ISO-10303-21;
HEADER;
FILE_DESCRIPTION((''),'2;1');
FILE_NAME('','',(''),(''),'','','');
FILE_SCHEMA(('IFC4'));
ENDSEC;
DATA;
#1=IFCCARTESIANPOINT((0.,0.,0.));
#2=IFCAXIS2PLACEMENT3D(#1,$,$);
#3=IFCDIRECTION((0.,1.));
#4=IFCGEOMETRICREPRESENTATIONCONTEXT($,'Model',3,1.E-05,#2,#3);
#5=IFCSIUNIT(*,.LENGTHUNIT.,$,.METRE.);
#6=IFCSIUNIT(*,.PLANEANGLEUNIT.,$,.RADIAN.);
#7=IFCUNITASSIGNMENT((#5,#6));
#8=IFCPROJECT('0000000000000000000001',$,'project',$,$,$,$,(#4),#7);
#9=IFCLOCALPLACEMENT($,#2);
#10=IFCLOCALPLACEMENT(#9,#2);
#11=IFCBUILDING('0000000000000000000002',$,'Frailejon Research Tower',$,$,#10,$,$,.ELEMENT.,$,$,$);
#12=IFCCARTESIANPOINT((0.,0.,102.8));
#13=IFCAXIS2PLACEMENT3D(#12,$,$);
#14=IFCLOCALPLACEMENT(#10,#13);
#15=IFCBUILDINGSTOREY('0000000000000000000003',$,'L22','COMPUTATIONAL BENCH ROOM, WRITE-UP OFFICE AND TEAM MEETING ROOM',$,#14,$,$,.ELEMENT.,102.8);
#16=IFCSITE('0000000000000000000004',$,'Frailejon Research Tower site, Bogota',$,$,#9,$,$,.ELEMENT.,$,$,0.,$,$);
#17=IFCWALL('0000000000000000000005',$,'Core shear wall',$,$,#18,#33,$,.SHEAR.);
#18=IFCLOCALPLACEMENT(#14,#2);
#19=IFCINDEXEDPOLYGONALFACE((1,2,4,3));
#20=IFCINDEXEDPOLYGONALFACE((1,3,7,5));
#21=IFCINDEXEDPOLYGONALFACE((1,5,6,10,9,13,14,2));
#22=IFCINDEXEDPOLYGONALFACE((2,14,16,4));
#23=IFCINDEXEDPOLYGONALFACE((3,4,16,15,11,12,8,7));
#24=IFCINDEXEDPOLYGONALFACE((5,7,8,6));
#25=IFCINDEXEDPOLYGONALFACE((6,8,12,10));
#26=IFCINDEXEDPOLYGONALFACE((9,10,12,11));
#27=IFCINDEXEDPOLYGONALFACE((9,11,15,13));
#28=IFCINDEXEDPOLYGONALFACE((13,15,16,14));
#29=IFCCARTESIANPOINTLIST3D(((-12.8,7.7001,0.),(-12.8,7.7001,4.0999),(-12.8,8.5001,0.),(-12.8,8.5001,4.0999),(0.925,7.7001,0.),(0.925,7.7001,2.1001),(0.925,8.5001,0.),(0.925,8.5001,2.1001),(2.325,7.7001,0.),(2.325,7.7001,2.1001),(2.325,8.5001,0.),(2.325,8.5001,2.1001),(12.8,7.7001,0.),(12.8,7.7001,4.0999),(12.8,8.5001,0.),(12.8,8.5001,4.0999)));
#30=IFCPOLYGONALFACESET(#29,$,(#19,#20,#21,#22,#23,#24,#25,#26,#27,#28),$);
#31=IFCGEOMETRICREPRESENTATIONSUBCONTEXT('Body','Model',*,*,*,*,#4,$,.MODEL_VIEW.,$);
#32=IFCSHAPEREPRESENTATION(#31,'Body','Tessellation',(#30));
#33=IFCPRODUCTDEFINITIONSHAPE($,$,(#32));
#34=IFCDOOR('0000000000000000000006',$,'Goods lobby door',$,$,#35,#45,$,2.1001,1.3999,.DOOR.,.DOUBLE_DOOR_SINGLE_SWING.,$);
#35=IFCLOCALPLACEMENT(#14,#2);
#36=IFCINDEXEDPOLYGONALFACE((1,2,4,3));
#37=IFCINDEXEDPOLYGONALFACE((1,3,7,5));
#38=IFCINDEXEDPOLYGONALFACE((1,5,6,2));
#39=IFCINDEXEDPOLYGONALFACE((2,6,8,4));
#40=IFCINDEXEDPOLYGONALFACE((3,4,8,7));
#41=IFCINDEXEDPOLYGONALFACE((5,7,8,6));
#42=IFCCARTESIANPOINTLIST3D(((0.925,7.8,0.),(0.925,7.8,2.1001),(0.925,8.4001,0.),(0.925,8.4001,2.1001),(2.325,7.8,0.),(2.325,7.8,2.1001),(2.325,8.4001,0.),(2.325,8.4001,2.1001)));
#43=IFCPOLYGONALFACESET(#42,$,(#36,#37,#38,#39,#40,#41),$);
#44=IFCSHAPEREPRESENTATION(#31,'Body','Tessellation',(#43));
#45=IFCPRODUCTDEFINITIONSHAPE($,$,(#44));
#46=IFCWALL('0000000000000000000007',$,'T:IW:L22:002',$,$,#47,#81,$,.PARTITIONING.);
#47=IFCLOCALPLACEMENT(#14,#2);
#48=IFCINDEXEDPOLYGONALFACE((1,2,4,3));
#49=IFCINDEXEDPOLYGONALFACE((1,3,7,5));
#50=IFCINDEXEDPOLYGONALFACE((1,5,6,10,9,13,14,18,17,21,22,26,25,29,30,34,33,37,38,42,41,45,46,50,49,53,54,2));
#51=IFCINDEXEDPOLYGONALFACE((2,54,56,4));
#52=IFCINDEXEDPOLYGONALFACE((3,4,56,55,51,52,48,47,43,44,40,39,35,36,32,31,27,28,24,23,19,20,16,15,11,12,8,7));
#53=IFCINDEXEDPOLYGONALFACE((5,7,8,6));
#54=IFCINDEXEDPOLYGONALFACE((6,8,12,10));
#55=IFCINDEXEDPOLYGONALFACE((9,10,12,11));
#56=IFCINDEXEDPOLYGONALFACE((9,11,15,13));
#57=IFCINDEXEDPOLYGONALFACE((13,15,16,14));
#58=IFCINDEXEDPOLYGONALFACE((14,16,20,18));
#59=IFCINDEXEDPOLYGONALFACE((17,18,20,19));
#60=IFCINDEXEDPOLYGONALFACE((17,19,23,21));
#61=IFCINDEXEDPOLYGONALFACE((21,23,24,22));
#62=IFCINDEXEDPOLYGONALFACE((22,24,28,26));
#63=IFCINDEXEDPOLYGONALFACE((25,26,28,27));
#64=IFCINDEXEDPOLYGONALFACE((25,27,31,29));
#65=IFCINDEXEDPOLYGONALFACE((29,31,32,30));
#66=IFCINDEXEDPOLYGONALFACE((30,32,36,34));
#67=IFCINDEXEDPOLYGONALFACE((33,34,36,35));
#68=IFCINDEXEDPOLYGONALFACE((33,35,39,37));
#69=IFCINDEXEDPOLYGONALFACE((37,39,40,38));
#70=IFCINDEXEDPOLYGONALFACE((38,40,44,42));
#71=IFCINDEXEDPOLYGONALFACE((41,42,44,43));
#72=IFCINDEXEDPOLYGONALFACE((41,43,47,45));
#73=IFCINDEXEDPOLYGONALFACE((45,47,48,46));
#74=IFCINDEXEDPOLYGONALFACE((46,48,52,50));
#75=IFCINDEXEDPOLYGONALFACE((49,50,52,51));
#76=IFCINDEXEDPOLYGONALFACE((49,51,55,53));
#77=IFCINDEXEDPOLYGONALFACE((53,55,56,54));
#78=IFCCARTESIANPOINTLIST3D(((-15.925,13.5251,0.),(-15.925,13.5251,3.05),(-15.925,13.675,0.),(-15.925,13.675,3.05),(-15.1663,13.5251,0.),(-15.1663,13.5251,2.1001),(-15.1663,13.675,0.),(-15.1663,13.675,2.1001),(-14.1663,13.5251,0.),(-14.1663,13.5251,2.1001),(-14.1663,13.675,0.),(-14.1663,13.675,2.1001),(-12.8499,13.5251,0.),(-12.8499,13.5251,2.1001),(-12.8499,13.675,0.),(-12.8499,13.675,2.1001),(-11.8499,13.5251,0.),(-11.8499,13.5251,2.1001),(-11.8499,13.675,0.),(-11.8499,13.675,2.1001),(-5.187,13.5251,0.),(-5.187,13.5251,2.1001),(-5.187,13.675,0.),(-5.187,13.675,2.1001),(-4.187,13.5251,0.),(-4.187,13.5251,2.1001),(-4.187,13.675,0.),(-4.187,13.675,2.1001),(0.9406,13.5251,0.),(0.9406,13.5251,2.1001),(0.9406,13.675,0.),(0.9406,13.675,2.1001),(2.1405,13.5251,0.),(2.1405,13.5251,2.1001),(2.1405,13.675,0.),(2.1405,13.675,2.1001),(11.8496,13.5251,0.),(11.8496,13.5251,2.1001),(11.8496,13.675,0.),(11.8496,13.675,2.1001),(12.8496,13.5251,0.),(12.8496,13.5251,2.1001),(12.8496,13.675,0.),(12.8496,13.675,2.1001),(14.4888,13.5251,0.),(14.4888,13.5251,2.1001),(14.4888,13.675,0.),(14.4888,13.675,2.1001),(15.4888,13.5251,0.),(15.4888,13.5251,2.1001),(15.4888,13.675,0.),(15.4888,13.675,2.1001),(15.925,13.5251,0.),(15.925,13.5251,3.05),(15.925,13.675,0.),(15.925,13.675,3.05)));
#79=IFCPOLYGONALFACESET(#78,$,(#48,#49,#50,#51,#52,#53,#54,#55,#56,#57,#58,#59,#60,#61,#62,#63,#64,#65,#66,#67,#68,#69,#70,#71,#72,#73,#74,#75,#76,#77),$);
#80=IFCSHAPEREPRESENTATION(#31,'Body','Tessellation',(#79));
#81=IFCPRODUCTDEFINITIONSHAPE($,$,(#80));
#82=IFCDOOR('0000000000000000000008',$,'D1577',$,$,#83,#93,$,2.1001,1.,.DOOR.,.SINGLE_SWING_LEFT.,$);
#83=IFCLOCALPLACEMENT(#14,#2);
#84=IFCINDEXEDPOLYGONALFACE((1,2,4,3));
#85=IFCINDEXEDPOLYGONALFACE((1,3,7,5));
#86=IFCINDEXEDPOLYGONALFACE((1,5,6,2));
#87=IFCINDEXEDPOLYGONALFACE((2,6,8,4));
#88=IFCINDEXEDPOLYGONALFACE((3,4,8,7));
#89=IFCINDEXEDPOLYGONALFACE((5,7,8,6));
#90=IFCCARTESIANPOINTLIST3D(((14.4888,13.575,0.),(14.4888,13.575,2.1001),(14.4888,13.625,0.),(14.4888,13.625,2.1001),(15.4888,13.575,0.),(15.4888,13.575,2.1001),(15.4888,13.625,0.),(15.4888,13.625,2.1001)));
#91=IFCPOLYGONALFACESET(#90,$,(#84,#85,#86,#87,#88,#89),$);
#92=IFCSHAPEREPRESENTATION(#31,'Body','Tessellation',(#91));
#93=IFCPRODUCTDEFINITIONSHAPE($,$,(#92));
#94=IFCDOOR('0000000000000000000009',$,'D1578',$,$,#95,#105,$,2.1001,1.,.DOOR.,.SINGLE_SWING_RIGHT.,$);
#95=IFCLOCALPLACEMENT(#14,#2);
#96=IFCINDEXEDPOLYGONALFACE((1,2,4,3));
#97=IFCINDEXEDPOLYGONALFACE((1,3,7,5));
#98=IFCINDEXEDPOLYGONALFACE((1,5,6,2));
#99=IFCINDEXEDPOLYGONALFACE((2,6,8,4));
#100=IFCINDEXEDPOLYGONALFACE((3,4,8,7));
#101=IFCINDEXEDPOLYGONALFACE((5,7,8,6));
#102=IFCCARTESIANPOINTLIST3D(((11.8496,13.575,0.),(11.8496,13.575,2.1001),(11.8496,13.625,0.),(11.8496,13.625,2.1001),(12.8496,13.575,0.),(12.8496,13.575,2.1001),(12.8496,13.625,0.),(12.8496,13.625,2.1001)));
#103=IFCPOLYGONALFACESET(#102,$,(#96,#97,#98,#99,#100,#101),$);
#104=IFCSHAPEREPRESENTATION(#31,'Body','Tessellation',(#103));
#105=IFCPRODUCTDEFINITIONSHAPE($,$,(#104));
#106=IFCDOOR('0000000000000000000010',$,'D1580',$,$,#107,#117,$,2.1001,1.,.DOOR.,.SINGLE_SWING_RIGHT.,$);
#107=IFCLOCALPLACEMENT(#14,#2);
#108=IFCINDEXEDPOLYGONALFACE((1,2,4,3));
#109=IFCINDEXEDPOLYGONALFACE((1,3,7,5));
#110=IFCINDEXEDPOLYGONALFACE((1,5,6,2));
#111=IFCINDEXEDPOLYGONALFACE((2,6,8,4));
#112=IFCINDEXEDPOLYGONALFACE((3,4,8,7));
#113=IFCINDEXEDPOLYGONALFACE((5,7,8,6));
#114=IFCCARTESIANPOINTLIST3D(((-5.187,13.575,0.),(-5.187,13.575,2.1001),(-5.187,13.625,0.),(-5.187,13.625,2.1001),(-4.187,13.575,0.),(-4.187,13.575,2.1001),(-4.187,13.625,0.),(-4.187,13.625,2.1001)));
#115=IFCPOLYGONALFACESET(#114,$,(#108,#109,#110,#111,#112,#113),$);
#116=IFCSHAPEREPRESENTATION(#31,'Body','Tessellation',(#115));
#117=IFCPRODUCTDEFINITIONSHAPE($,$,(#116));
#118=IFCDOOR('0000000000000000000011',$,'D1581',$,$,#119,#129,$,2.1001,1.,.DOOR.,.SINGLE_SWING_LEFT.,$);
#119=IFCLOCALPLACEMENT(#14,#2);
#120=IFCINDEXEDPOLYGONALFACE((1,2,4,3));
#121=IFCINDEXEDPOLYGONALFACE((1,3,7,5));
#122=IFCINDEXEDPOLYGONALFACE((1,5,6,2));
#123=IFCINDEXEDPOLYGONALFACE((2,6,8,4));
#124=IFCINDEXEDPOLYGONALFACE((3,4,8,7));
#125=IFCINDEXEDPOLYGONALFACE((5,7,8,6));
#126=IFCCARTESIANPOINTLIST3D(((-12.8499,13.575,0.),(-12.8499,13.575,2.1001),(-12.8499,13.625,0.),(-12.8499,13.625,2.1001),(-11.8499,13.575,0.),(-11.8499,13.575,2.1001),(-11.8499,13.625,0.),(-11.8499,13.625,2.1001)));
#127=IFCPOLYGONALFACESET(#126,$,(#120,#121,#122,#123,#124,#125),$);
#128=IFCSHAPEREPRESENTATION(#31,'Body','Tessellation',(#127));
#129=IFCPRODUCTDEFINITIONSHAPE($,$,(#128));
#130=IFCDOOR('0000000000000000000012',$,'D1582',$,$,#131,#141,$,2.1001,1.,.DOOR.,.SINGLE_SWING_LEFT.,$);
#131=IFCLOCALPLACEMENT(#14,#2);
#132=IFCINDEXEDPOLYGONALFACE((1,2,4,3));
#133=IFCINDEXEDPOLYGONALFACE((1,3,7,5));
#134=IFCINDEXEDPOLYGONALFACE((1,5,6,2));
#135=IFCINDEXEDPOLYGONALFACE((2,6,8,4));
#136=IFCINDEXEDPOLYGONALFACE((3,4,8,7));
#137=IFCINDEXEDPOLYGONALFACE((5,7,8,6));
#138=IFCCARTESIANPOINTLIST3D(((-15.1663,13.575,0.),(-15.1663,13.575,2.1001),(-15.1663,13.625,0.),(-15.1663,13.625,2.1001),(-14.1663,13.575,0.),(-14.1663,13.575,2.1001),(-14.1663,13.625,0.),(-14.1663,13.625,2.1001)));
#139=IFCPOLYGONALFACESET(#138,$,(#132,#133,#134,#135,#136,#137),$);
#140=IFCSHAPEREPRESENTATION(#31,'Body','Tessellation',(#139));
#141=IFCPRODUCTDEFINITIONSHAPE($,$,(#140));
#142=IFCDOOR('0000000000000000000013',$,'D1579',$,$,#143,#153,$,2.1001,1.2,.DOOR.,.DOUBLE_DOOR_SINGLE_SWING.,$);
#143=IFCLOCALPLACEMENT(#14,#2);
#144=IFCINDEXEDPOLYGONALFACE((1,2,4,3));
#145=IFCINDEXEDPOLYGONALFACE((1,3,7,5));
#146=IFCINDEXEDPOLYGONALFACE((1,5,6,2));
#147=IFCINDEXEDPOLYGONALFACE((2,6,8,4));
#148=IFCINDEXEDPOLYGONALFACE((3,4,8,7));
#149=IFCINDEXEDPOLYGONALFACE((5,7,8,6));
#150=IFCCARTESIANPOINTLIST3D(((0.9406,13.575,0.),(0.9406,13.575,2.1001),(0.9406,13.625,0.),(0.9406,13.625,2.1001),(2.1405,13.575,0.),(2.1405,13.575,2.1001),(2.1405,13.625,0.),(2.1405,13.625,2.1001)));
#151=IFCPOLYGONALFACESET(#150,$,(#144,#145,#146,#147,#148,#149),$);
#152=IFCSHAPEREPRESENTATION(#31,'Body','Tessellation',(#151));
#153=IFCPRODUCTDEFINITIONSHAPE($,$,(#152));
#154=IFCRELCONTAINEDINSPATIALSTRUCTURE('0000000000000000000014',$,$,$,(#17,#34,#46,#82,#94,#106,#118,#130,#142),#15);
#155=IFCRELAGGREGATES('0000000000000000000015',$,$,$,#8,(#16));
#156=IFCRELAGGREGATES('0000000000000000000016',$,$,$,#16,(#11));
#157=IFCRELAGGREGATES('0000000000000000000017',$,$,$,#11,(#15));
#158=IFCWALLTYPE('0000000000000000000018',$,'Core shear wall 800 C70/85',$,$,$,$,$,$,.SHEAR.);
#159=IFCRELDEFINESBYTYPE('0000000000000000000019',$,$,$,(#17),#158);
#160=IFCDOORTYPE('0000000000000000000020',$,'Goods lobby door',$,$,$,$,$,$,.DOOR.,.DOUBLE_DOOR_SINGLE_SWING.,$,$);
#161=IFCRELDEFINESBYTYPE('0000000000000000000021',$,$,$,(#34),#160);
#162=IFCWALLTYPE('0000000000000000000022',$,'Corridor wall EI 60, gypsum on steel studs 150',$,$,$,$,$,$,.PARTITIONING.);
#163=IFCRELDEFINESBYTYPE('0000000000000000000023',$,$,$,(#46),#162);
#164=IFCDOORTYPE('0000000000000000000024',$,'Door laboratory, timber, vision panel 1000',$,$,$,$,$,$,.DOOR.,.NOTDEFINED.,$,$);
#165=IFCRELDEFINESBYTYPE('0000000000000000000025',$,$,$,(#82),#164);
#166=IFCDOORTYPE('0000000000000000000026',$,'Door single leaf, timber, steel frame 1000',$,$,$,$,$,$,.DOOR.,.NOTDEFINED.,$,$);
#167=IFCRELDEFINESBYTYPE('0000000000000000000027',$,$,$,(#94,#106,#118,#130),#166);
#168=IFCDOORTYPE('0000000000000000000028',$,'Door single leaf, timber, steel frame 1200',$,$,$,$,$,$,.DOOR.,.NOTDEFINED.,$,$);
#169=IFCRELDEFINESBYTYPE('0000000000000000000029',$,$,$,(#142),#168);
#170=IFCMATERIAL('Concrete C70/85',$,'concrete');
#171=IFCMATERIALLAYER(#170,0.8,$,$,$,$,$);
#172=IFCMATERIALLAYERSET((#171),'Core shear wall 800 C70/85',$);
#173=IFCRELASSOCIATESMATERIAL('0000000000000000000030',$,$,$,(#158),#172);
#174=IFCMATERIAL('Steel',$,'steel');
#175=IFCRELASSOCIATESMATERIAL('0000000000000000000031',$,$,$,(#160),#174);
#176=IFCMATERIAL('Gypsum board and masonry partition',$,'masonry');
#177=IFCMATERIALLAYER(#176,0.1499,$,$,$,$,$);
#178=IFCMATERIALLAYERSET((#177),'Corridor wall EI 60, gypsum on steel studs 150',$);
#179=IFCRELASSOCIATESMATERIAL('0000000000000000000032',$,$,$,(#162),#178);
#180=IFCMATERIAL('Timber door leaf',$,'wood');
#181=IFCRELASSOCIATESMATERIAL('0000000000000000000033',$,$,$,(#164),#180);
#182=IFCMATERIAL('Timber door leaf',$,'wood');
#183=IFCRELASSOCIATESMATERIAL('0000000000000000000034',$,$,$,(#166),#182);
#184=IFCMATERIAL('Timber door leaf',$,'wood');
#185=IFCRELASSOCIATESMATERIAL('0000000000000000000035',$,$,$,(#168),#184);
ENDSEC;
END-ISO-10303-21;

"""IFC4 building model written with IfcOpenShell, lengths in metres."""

from ifc_helpers import new_model, si_unit, direction, frame, frame_2d, origin, place, context, subcontext, project, spatial, rectangle, extrude, material, layer, layer_set, type_object, element, fill, save


model = new_model("IFC4")

# Units and contexts
model_context = context("Model", 3, precision=1e-05, world=origin(), true_north=direction((0.0, 1.0)))
body_context = subcontext(model_context, "Body", "Model", "MODEL_VIEW")
ifc_project = project(units=[si_unit("LENGTHUNIT", "METRE"), si_unit("PLANEANGLEUNIT", "RADIAN")], contexts=[model_context])

# Site, building, storey
site_placement = place(None, origin())
site = spatial("IfcSite", under=ifc_project, at=site_placement, Name="Frailejon Research Tower site, Bogota", CompositionType="ELEMENT", RefElevation=0.0)
building_placement = place(site_placement, origin())
building = spatial("IfcBuilding", under=site, at=building_placement, Name="Frailejon Research Tower", CompositionType="ELEMENT")
storey_placement = place(building_placement, frame((0.0, 0.0, 102.8)))
storey = spatial("IfcBuildingStorey", under=building, at=storey_placement, Name="L22", Description="COMPUTATIONAL BENCH ROOM, WRITE-UP OFFICE AND TEAM MEETING ROOM", CompositionType="ELEMENT", Elevation=102.8)

# Shared definitions
ifc_material_1 = material(Name="Concrete C70/85", Category="concrete")
ifc_layer_1 = layer(ifc_material_1, 0.8)
ifc_layer_set_1 = layer_set([ifc_layer_1], Name="Core shear wall 800 C70/85")
wall_type_1 = type_object("IfcWallType", Name="Core shear wall 800 C70/85", PredefinedType="SHEAR", material=ifc_layer_set_1)
ifc_material_2 = material(Name="Steel", Category="steel")
door_type_1 = type_object("IfcDoorType", Name="Goods lobby door", OperationType="DOUBLE_DOOR_SINGLE_SWING", PredefinedType="DOOR", material=ifc_material_2)

# Wall, opening, door
wall_1_placement = place(storey_placement, frame((-12.8, 8.1001, 0.0), z_axis=(0.0, 0.0, 1.0), x_axis=(1.0, 0.0, 0.0)))
wall_1 = element("IfcWall", 1, at=wall_1_placement, inside=storey, type_object=wall_type_1, Name="Core shear wall", PredefinedType="SHEAR", context=body_context, shape_type="SweptSolid", body=[
    extrude(rectangle(XDim=25.6001, YDim=0.8, at=frame_2d((12.8, 0.0))), origin(), (0.0, 0.0, 1.0), 4.0999),
])
opening_1_placement = place(wall_1_placement, frame((13.7251, 0.0, 0.0)))
opening_1 = element("IfcOpeningElement", 2, at=opening_1_placement, cuts=wall_1, PredefinedType="OPENING", context=body_context, shape_type="SweptSolid", body=[
    extrude(rectangle(XDim=1.3999, YDim=2.1001, at=frame_2d((0.7, 1.05))), frame((0.0, 0.4099, 0.0), z_axis=(0.0, -1.0, 0.0), x_axis=(1.0, 0.0, 0.0)), (0.0, 0.0, 1.0), 0.8201),
])
door_1_placement = place(opening_1_placement, origin())
door_1 = element("IfcDoor", 3, at=door_1_placement, inside=storey, type_object=door_type_1, Name="Goods lobby door", OperationType="DOUBLE_DOOR_SINGLE_SWING", OverallHeight=2.1001, OverallWidth=1.3999, PredefinedType="DOOR", context=body_context, shape_type="SweptSolid", body=[
    extrude(rectangle(XDim=1.3999, YDim=2.1001, at=frame_2d((0.7, 1.05))), frame((0.0, 0.3, 0.0), z_axis=(0.0, -1.0, 0.0), x_axis=(1.0, 0.0, 0.0)), (0.0, 0.0, 1.0), 0.6001),
])
fill(opening_1, door_1)

# Wall, openings, doors
ifc_material_3 = material(Name="Gypsum board and masonry partition", Category="masonry")
ifc_layer_2 = layer(ifc_material_3, 0.1499)
ifc_layer_set_2 = layer_set([ifc_layer_2], Name="Corridor wall EI 60, gypsum on steel studs 150")
wall_type_2 = type_object("IfcWallType", Name="Corridor wall EI 60, gypsum on steel studs 150", PredefinedType="PARTITIONING", material=ifc_layer_set_2)
wall_2_placement = place(storey_placement, frame((-15.925, 13.6001, 0.0), z_axis=(0.0, 0.0, 1.0), x_axis=(1.0, 0.0, 0.0)))
wall_2 = element("IfcWall", 4, at=wall_2_placement, inside=storey, type_object=wall_type_2, Name="T:IW:L22:002", PredefinedType="PARTITIONING", context=body_context, shape_type="SweptSolid", body=[
    extrude(rectangle(XDim=31.8501, YDim=0.1499, at=frame_2d((15.925, 0.0))), origin(), (0.0, 0.0, 1.0), 3.05),
])
opening_2_placement = place(wall_2_placement, frame((30.4138, 0.0, 0.0)))
opening_2 = element("IfcOpeningElement", 5, at=opening_2_placement, cuts=wall_2, PredefinedType="OPENING", context=body_context, shape_type="SweptSolid", body=[
    extrude(rectangle(XDim=1.0, YDim=2.1001, at=frame_2d((0.5, 1.05))), frame((0.0, 0.085, 0.0), z_axis=(0.0, -1.0, 0.0), x_axis=(1.0, 0.0, 0.0)), (0.0, 0.0, 1.0), 0.1699),
])
opening_3_placement = place(wall_2_placement, frame((27.7747, 0.0, 0.0)))
opening_3 = element("IfcOpeningElement", 6, at=opening_3_placement, cuts=wall_2, PredefinedType="OPENING", context=body_context, shape_type="SweptSolid", body=[
    extrude(rectangle(XDim=1.0, YDim=2.1001, at=frame_2d((0.5, 1.05))), frame((0.0, 0.085, 0.0), z_axis=(0.0, -1.0, 0.0), x_axis=(1.0, 0.0, 0.0)), (0.0, 0.0, 1.0), 0.1699),
])
opening_4_placement = place(wall_2_placement, frame((16.8655, 0.0, 0.0)))
opening_4 = element("IfcOpeningElement", 7, at=opening_4_placement, cuts=wall_2, PredefinedType="OPENING", context=body_context, shape_type="SweptSolid", body=[
    extrude(rectangle(XDim=1.2, YDim=2.1001, at=frame_2d((0.6001, 1.05))), frame((0.0, 0.085, 0.0), z_axis=(0.0, -1.0, 0.0), x_axis=(1.0, 0.0, 0.0)), (0.0, 0.0, 1.0), 0.1699),
])
opening_5_placement = place(wall_2_placement, frame((10.738, 0.0, 0.0)))
opening_5 = element("IfcOpeningElement", 8, at=opening_5_placement, cuts=wall_2, PredefinedType="OPENING", context=body_context, shape_type="SweptSolid", body=[
    extrude(rectangle(XDim=1.0, YDim=2.1001, at=frame_2d((0.5, 1.05))), frame((0.0, 0.085, 0.0), z_axis=(0.0, -1.0, 0.0), x_axis=(1.0, 0.0, 0.0)), (0.0, 0.0, 1.0), 0.1699),
])
opening_6_placement = place(wall_2_placement, frame((3.0752, 0.0, 0.0)))
opening_6 = element("IfcOpeningElement", 9, at=opening_6_placement, cuts=wall_2, PredefinedType="OPENING", context=body_context, shape_type="SweptSolid", body=[
    extrude(rectangle(XDim=1.0, YDim=2.1001, at=frame_2d((0.5, 1.05))), frame((0.0, 0.085, 0.0), z_axis=(0.0, -1.0, 0.0), x_axis=(1.0, 0.0, 0.0)), (0.0, 0.0, 1.0), 0.1699),
])
opening_7_placement = place(wall_2_placement, frame((0.7588, 0.0, 0.0)))
opening_7 = element("IfcOpeningElement", 10, at=opening_7_placement, cuts=wall_2, PredefinedType="OPENING", context=body_context, shape_type="SweptSolid", body=[
    extrude(rectangle(XDim=1.0, YDim=2.1001, at=frame_2d((0.5, 1.05))), frame((0.0, 0.085, 0.0), z_axis=(0.0, -1.0, 0.0), x_axis=(1.0, 0.0, 0.0)), (0.0, 0.0, 1.0), 0.1699),
])
ifc_material_4 = material(Name="Timber door leaf", Category="wood")
door_type_2 = type_object("IfcDoorType", Name="Door laboratory, timber, vision panel 1000", OperationType="NOTDEFINED", PredefinedType="DOOR", material=ifc_material_4)
door_2_placement = place(opening_2_placement, origin())
door_2 = element("IfcDoor", 11, at=door_2_placement, inside=storey, type_object=door_type_2, Name="D1577", OperationType="SINGLE_SWING_LEFT", OverallHeight=2.1001, OverallWidth=1.0, PredefinedType="DOOR", context=body_context, shape_type="SweptSolid", body=[
    extrude(rectangle(XDim=1.0, YDim=2.1001, at=frame_2d((0.5, 1.05))), frame((0.0, 0.0249, 0.0), z_axis=(0.0, -1.0, 0.0), x_axis=(1.0, 0.0, 0.0)), (0.0, 0.0, 1.0), 0.05),
])
fill(opening_2, door_2)
ifc_material_5 = material(Name="Timber door leaf", Category="wood")
door_type_3 = type_object("IfcDoorType", Name="Door single leaf, timber, steel frame 1000", OperationType="NOTDEFINED", PredefinedType="DOOR", material=ifc_material_5)
door_3_placement = place(opening_3_placement, origin())
door_3 = element("IfcDoor", 12, at=door_3_placement, inside=storey, type_object=door_type_3, Name="D1578", OperationType="SINGLE_SWING_RIGHT", OverallHeight=2.1001, OverallWidth=1.0, PredefinedType="DOOR", context=body_context, shape_type="SweptSolid", body=[
    extrude(rectangle(XDim=1.0, YDim=2.1001, at=frame_2d((0.5, 1.05))), frame((0.0, 0.0249, 0.0), z_axis=(0.0, -1.0, 0.0), x_axis=(1.0, 0.0, 0.0)), (0.0, 0.0, 1.0), 0.05),
])
fill(opening_3, door_3)
door_4_placement = place(opening_5_placement, origin())
door_4 = element("IfcDoor", 13, at=door_4_placement, inside=storey, type_object=door_type_3, Name="D1580", OperationType="SINGLE_SWING_RIGHT", OverallHeight=2.1001, OverallWidth=1.0, PredefinedType="DOOR", context=body_context, shape_type="SweptSolid", body=[
    extrude(rectangle(XDim=1.0, YDim=2.1001, at=frame_2d((0.5, 1.05))), frame((0.0, 0.0249, 0.0), z_axis=(0.0, -1.0, 0.0), x_axis=(1.0, 0.0, 0.0)), (0.0, 0.0, 1.0), 0.05),
])
fill(opening_5, door_4)
door_5_placement = place(opening_6_placement, origin())
door_5 = element("IfcDoor", 14, at=door_5_placement, inside=storey, type_object=door_type_3, Name="D1581", OperationType="SINGLE_SWING_LEFT", OverallHeight=2.1001, OverallWidth=1.0, PredefinedType="DOOR", context=body_context, shape_type="SweptSolid", body=[
    extrude(rectangle(XDim=1.0, YDim=2.1001, at=frame_2d((0.5, 1.05))), frame((0.0, 0.0249, 0.0), z_axis=(0.0, -1.0, 0.0), x_axis=(1.0, 0.0, 0.0)), (0.0, 0.0, 1.0), 0.05),
])
fill(opening_6, door_5)
door_6_placement = place(opening_7_placement, origin())
door_6 = element("IfcDoor", 15, at=door_6_placement, inside=storey, type_object=door_type_3, Name="D1582", OperationType="SINGLE_SWING_LEFT", OverallHeight=2.1001, OverallWidth=1.0, PredefinedType="DOOR", context=body_context, shape_type="SweptSolid", body=[
    extrude(rectangle(XDim=1.0, YDim=2.1001, at=frame_2d((0.5, 1.05))), frame((0.0, 0.0249, 0.0), z_axis=(0.0, -1.0, 0.0), x_axis=(1.0, 0.0, 0.0)), (0.0, 0.0, 1.0), 0.05),
])
fill(opening_7, door_6)
ifc_material_6 = material(Name="Timber door leaf", Category="wood")
door_type_4 = type_object("IfcDoorType", Name="Door single leaf, timber, steel frame 1200", OperationType="NOTDEFINED", PredefinedType="DOOR", material=ifc_material_6)
door_7_placement = place(opening_4_placement, origin())
door_7 = element("IfcDoor", 16, at=door_7_placement, inside=storey, type_object=door_type_4, Name="D1579", OperationType="DOUBLE_DOOR_SINGLE_SWING", OverallHeight=2.1001, OverallWidth=1.2, PredefinedType="DOOR", context=body_context, shape_type="SweptSolid", body=[
    extrude(rectangle(XDim=1.2, YDim=2.1001, at=frame_2d((0.6001, 1.05))), frame((0.0, 0.0249, 0.0), z_axis=(0.0, -1.0, 0.0), x_axis=(1.0, 0.0, 0.0)), (0.0, 0.0, 1.0), 0.05),
])
fill(opening_4, door_7)

save(model, "model.ifc")
